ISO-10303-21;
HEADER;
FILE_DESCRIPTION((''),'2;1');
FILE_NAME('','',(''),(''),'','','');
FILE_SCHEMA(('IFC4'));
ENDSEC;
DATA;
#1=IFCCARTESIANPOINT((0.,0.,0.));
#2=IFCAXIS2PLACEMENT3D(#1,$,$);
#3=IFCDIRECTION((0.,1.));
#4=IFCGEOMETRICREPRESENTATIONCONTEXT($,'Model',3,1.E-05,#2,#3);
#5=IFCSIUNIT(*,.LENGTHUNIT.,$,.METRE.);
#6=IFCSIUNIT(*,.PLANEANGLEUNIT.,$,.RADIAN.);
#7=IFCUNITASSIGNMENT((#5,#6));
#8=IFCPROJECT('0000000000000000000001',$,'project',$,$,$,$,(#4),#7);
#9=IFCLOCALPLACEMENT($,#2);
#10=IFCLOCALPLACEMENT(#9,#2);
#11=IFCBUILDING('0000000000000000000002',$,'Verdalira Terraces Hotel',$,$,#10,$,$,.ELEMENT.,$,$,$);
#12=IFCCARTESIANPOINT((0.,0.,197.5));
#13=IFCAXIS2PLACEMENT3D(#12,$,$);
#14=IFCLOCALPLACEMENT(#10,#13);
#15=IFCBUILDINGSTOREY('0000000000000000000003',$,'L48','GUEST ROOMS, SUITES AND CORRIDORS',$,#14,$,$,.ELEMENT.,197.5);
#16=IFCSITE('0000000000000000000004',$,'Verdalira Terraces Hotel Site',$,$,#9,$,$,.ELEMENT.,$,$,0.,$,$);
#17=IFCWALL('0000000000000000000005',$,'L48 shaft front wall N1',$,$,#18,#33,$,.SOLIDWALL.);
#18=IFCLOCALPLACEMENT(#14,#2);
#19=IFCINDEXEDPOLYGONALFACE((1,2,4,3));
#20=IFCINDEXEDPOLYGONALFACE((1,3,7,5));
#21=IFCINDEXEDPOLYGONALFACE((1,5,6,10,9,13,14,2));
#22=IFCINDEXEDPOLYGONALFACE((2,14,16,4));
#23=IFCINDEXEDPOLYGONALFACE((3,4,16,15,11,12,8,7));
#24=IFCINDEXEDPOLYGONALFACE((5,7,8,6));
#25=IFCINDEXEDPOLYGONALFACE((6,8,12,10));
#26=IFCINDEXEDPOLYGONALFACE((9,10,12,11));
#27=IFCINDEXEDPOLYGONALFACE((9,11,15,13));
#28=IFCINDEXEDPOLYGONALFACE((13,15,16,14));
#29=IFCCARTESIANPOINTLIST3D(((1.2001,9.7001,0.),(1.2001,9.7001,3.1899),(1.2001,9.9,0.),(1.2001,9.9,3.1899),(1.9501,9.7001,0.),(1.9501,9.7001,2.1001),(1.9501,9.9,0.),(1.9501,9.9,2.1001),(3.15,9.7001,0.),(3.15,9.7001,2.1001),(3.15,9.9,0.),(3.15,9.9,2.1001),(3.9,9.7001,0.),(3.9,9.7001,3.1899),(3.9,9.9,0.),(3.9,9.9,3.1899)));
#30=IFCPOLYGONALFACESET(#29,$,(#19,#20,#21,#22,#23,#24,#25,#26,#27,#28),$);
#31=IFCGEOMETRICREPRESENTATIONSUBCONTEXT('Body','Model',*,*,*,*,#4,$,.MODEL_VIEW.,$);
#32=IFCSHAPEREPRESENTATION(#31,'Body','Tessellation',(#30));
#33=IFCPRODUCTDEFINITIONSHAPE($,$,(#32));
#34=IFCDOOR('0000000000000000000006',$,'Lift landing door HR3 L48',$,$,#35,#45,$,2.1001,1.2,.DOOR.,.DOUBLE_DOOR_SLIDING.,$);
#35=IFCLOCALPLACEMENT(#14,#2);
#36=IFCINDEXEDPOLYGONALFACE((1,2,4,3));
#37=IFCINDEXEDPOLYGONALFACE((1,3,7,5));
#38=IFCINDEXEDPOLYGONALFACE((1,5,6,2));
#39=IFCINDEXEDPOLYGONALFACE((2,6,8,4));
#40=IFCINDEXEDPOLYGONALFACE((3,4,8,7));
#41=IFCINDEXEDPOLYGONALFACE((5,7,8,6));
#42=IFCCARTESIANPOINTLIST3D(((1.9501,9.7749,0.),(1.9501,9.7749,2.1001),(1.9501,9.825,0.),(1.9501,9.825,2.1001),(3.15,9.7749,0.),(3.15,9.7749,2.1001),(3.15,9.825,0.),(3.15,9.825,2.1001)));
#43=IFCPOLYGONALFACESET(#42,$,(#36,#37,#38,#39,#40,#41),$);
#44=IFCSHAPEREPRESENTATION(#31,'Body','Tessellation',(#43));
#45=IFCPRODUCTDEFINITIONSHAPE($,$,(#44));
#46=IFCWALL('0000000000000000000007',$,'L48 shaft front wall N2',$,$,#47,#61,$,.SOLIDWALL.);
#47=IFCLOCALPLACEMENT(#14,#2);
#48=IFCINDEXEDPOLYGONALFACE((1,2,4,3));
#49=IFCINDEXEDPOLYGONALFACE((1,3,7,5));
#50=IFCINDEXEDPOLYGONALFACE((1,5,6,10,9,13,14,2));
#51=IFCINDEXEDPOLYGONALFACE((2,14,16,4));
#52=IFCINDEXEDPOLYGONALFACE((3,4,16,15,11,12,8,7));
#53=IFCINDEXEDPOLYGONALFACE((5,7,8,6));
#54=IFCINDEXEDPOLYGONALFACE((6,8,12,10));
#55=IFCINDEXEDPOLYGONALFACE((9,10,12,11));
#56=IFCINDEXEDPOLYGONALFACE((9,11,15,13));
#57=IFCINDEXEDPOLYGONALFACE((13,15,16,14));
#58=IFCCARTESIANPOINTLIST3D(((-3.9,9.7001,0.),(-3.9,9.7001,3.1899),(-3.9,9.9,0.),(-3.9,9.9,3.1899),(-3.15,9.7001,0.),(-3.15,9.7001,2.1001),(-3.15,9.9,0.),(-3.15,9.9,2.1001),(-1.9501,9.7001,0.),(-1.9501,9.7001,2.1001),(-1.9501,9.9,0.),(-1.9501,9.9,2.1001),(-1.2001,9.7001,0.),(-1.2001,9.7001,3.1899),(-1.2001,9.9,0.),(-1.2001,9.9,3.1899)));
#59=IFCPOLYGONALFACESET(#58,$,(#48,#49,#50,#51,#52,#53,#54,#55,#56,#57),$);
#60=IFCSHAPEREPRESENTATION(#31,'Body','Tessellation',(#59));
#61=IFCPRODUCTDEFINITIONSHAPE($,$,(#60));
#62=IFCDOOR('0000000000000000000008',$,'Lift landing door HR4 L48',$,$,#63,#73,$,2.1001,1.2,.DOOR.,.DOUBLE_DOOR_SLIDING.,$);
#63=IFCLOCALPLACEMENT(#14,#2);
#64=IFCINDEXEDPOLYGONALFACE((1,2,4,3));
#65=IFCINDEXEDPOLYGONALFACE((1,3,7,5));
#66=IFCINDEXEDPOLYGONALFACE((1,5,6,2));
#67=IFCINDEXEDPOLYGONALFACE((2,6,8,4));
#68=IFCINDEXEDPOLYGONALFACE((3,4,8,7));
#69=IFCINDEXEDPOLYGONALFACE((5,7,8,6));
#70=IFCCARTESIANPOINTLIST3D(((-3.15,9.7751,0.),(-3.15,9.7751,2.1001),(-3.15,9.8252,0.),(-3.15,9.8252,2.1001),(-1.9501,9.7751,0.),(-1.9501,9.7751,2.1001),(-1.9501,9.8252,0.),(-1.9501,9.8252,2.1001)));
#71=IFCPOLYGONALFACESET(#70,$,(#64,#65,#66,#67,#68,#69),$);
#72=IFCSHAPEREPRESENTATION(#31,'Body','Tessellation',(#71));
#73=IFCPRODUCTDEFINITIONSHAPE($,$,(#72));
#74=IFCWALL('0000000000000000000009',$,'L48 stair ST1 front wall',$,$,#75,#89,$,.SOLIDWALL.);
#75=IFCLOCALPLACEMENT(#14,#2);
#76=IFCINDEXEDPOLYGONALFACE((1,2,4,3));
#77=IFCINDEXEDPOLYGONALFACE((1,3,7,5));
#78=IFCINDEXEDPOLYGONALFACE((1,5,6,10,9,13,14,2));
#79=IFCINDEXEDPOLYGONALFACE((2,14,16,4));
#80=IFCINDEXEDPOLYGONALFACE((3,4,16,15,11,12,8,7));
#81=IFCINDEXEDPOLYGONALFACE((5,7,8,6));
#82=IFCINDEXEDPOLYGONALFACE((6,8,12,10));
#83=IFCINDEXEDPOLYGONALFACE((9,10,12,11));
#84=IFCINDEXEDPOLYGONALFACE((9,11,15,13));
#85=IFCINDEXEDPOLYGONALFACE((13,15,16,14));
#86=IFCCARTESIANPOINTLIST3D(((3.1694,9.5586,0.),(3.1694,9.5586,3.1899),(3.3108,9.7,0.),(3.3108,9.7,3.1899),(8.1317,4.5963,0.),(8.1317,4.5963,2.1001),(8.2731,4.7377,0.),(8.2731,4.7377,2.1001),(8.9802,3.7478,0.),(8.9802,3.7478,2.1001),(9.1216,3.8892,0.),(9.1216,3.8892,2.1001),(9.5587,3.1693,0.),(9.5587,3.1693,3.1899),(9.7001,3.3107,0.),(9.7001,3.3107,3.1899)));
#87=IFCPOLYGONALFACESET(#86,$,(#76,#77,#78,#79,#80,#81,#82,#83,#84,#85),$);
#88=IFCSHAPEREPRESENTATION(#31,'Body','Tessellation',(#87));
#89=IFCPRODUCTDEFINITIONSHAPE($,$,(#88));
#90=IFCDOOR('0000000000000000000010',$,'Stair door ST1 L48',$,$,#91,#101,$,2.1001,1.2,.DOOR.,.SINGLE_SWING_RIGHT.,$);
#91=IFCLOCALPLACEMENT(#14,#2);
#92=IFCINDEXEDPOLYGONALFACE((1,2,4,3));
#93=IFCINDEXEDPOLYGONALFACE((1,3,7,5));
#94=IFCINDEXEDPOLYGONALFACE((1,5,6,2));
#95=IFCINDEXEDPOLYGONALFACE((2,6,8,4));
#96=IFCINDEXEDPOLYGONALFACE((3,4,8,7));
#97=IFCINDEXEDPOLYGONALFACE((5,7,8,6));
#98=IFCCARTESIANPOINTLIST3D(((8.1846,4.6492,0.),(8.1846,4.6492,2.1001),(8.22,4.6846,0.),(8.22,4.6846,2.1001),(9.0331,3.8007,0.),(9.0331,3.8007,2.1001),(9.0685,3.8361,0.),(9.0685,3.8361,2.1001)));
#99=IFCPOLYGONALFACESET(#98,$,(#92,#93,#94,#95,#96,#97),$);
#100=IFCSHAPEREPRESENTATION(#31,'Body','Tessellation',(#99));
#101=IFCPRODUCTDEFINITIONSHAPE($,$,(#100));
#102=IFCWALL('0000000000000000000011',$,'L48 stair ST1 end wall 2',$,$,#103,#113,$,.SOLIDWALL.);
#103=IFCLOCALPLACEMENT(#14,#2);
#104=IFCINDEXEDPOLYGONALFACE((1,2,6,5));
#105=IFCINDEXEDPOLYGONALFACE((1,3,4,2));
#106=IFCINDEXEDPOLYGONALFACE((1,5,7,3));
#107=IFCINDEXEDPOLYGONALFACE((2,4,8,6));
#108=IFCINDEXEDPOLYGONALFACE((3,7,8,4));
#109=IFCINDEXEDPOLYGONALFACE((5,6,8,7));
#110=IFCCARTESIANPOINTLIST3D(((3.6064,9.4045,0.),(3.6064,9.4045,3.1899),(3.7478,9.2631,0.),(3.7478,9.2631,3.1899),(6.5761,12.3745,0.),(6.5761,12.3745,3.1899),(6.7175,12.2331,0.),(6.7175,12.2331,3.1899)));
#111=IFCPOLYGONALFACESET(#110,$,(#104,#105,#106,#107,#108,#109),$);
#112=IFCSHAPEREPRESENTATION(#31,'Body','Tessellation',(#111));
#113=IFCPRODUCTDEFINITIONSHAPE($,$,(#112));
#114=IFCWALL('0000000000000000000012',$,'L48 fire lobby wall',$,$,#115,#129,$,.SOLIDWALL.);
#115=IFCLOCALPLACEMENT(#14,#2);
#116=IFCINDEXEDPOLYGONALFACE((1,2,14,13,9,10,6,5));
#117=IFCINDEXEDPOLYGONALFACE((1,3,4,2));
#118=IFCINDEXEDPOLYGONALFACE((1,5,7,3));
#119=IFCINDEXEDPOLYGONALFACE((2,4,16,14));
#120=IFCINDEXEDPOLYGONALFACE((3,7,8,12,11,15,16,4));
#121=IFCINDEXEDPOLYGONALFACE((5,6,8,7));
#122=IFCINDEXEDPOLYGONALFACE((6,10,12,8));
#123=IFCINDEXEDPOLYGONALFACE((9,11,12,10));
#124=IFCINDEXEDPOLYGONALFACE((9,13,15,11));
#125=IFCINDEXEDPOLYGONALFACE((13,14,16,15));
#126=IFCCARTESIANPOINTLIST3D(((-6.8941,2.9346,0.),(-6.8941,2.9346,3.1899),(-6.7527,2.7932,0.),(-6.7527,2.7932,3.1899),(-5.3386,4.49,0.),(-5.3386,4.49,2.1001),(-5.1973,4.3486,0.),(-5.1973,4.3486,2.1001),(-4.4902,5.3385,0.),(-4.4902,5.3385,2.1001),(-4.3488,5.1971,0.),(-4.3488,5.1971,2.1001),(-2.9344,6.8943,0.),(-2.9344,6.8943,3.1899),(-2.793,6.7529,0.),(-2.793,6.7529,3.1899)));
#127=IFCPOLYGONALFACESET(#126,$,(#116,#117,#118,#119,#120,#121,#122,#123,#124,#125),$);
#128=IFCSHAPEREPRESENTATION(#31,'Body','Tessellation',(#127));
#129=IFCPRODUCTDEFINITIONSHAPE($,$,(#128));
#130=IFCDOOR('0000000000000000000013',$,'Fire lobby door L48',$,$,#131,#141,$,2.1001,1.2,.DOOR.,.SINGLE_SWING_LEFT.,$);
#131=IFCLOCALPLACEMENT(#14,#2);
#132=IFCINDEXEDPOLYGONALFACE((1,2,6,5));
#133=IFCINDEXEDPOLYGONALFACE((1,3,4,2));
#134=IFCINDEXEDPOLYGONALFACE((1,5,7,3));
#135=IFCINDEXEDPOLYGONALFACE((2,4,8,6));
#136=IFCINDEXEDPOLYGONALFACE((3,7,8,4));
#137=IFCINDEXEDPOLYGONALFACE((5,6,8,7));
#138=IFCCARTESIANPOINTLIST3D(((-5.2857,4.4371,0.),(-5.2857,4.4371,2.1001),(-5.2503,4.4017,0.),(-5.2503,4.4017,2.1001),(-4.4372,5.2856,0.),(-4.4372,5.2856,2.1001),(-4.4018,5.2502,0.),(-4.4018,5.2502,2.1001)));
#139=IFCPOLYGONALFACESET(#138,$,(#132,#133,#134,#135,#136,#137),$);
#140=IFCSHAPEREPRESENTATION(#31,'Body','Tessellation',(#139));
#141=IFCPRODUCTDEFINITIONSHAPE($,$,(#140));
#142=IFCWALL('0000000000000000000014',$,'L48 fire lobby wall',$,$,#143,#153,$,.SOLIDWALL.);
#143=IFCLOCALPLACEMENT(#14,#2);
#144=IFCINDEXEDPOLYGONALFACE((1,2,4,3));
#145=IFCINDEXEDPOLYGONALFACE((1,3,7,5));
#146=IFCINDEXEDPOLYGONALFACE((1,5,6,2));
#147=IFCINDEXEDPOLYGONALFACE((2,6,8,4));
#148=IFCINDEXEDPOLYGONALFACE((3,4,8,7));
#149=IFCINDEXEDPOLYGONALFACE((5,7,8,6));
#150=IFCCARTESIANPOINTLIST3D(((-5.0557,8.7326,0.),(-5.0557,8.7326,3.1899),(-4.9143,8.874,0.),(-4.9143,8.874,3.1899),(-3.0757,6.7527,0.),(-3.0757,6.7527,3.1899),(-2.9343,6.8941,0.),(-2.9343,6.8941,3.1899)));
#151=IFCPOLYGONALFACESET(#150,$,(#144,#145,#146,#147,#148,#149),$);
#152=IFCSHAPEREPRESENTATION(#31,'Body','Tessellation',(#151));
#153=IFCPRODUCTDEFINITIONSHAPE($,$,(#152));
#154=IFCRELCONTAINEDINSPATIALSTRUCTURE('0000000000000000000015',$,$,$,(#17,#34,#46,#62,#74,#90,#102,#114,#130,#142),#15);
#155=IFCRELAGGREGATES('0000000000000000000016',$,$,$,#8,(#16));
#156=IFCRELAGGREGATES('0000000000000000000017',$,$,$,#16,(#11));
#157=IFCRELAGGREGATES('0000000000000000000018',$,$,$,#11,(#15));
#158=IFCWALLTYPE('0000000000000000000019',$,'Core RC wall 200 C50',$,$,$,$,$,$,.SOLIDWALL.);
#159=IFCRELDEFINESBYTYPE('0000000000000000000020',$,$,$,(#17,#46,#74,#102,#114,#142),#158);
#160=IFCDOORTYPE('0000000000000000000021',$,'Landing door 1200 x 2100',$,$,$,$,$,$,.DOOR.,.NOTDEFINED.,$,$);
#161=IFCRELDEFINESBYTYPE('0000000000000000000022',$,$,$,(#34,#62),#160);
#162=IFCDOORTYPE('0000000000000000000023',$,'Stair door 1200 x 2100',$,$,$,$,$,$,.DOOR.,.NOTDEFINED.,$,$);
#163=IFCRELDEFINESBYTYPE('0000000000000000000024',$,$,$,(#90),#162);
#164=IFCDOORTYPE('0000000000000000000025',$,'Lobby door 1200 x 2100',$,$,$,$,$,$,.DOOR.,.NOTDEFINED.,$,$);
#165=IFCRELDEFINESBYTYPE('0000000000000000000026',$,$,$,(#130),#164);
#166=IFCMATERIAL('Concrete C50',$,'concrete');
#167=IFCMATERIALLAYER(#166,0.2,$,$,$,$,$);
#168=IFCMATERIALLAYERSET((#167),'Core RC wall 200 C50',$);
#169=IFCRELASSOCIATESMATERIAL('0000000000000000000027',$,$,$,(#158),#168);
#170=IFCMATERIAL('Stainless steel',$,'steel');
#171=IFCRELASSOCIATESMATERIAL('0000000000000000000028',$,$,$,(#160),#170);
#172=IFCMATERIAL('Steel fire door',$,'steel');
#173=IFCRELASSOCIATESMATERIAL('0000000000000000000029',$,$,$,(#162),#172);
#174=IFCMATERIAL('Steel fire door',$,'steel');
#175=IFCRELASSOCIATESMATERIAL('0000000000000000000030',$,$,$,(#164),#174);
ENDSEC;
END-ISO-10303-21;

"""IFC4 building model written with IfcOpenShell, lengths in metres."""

from ifc_helpers import new_model, si_unit, direction, frame, frame_2d, origin, place, context, subcontext, project, spatial, rectangle, extrude, material, layer, layer_set, type_object, element, fill, save


model = new_model("IFC4")

# Units and contexts
model_context = context("Model", 3, precision=1e-05, world=origin(), true_north=direction((0.0, 1.0)))
body_context = subcontext(model_context, "Body", "Model", "MODEL_VIEW")
ifc_project = project(units=[si_unit("LENGTHUNIT", "METRE"), si_unit("PLANEANGLEUNIT", "RADIAN")], contexts=[model_context])

# Site, building, storey
site_placement = place(None, origin())
site = spatial("IfcSite", under=ifc_project, at=site_placement, Name="Verdalira Terraces Hotel Site", CompositionType="ELEMENT", RefElevation=0.0)
building_placement = place(site_placement, origin())
building = spatial("IfcBuilding", under=site, at=building_placement, Name="Verdalira Terraces Hotel", CompositionType="ELEMENT")
storey_placement = place(building_placement, frame((0.0, 0.0, 197.5)))
storey = spatial("IfcBuildingStorey", under=building, at=storey_placement, Name="L48", Description="GUEST ROOMS, SUITES AND CORRIDORS", CompositionType="ELEMENT", Elevation=197.5)

# Walls, openings, doors
ifc_material_1 = material(Name="Concrete C50", Category="concrete")
ifc_layer_1 = layer(ifc_material_1, 0.2)
ifc_layer_set_1 = layer_set([ifc_layer_1], Name="Core RC wall 200 C50")
wall_type_1 = type_object("IfcWallType", Name="Core RC wall 200 C50", PredefinedType="SOLIDWALL", material=ifc_layer_set_1)
wall_1_placement = place(storey_placement, frame((1.2, 9.8, 0.0), z_axis=(0.0, 0.0, 1.0), x_axis=(1.0, 0.0, 0.0)))
wall_1 = element("IfcWall", 1, at=wall_1_placement, inside=storey, type_object=wall_type_1, Name="L48 shaft front wall N1", PredefinedType="SOLIDWALL", context=body_context, shape_type="SweptSolid", body=[
    extrude(rectangle(XDim=2.7, YDim=0.2, at=frame_2d((1.3501, 0.0))), origin(), (0.0, 0.0, 1.0), 3.1899),
])
opening_1_placement = place(wall_1_placement, frame((0.75, 0.0, 0.0)))
opening_1 = element("IfcOpeningElement", 2, at=opening_1_placement, cuts=wall_1, PredefinedType="OPENING", context=body_context, shape_type="SweptSolid", body=[
    extrude(rectangle(XDim=1.2, YDim=2.1001, at=frame_2d((0.6001, 1.05))), frame((0.0, 0.1099, 0.0), z_axis=(0.0, -1.0, 0.0), x_axis=(1.0, 0.0, 0.0)), (0.0, 0.0, 1.0), 0.22),
])
ifc_material_2 = material(Name="Stainless steel", Category="steel")
door_type_1 = type_object("IfcDoorType", Name="Landing door 1200 x 2100", OperationType="NOTDEFINED", PredefinedType="DOOR", material=ifc_material_2)
door_1_placement = place(opening_1_placement, origin())
door_1 = element("IfcDoor", 3, at=door_1_placement, inside=storey, type_object=door_type_1, Name="Lift landing door HR3 L48", OperationType="DOUBLE_DOOR_SLIDING", OverallHeight=2.1001, OverallWidth=1.2, PredefinedType="DOOR", context=body_context, shape_type="SweptSolid", body=[
    extrude(rectangle(XDim=1.2, YDim=2.1001, at=frame_2d((0.6001, 1.05))), frame((0.0, 0.0249, 0.0), z_axis=(0.0, -1.0, 0.0), x_axis=(1.0, 0.0, 0.0)), (0.0, 0.0, 1.0), 0.05),
])
fill(opening_1, door_1)
wall_2_placement = place(storey_placement, frame((-1.2, 9.8, 0.0), z_axis=(0.0, 0.0, 1.0), x_axis=(-1.0, 0.0, 0.0)))
wall_2 = element("IfcWall", 4, at=wall_2_placement, inside=storey, type_object=wall_type_1, Name="L48 shaft front wall N2", PredefinedType="SOLIDWALL", context=body_context, shape_type="SweptSolid", body=[
    extrude(rectangle(XDim=2.7, YDim=0.2, at=frame_2d((1.3501, 0.0))), origin(), (0.0, 0.0, 1.0), 3.1899),
])
opening_2_placement = place(wall_2_placement, frame((0.75, 0.0, 0.0)))
opening_2 = element("IfcOpeningElement", 5, at=opening_2_placement, cuts=wall_2, PredefinedType="OPENING", context=body_context, shape_type="SweptSolid", body=[
    extrude(rectangle(XDim=1.2, YDim=2.1001, at=frame_2d((0.6001, 1.05))), frame((0.0, 0.1099, 0.0), z_axis=(0.0, -1.0, 0.0), x_axis=(1.0, 0.0, 0.0)), (0.0, 0.0, 1.0), 0.22),
])
door_2_placement = place(opening_2_placement, origin())
door_2 = element("IfcDoor", 6, at=door_2_placement, inside=storey, type_object=door_type_1, Name="Lift landing door HR4 L48", OperationType="DOUBLE_DOOR_SLIDING", OverallHeight=2.1001, OverallWidth=1.2, PredefinedType="DOOR", context=body_context, shape_type="SweptSolid", body=[
    extrude(rectangle(XDim=1.2, YDim=2.1001, at=frame_2d((0.6001, 1.05))), frame((0.0, 0.0249, 0.0), z_axis=(0.0, -1.0, 0.0), x_axis=(1.0, 0.0, 0.0)), (0.0, 0.0, 1.0), 0.05),
])
fill(opening_2, door_2)
wall_3_placement = place(storey_placement, frame((3.24, 9.6294, 0.0), z_axis=(0.0, 0.0, 1.0), x_axis=(0.707107, -0.707107, 0.0)))
wall_3 = element("IfcWall", 7, at=wall_3_placement, inside=storey, type_object=wall_type_1, Name="L48 stair ST1 front wall", PredefinedType="SOLIDWALL", context=body_context, shape_type="SweptSolid", body=[
    extrude(rectangle(XDim=9.0359, YDim=0.2, at=frame_2d((4.5181, 0.0))), origin(), (0.0, 0.0, 1.0), 3.1899),
])
opening_3_placement = place(wall_3_placement, frame((7.0178, 0.0, 0.0)))
opening_3 = element("IfcOpeningElement", 8, at=opening_3_placement, cuts=wall_3, PredefinedType="OPENING", context=body_context, shape_type="SweptSolid", body=[
    extrude(rectangle(XDim=1.2, YDim=2.1001, at=frame_2d((0.6001, 1.05))), frame((0.0, 0.1099, 0.0), z_axis=(0.0, -1.0, 0.0), x_axis=(1.0, 0.0, 0.0)), (0.0, 0.0, 1.0), 0.22),
])
ifc_material_3 = material(Name="Steel fire door", Category="steel")
door_type_2 = type_object("IfcDoorType", Name="Stair door 1200 x 2100", OperationType="NOTDEFINED", PredefinedType="DOOR", material=ifc_material_3)
door_3_placement = place(opening_3_placement, origin())
door_3 = element("IfcDoor", 9, at=door_3_placement, inside=storey, type_object=door_type_2, Name="Stair door ST1 L48", OperationType="SINGLE_SWING_RIGHT", OverallHeight=2.1001, OverallWidth=1.2, PredefinedType="DOOR", context=body_context, shape_type="SweptSolid", body=[
    extrude(rectangle(XDim=1.2, YDim=2.1001, at=frame_2d((0.6001, 1.05))), frame((0.0, 0.0249, 0.0), z_axis=(0.0, -1.0, 0.0), x_axis=(1.0, 0.0, 0.0)), (0.0, 0.0, 1.0), 0.05),
])
fill(opening_3, door_3)

# Wall
wall_4_placement = place(storey_placement, frame((3.677, 9.3337, 0.0), z_axis=(0.0, 0.0, 1.0), x_axis=(0.707078, 0.707136, 0.0)))
element("IfcWall", 10, at=wall_4_placement, inside=storey, type_object=wall_type_1, Name="L48 stair ST1 end wall 2", PredefinedType="SOLIDWALL", context=body_context, shape_type="SweptSolid", body=[
    extrude(rectangle(XDim=4.2, YDim=0.2, at=frame_2d((2.1001, 0.0))), origin(), (0.0, 0.0, 1.0), 3.1899),
])

# Wall, opening, door
wall_5_placement = place(storey_placement, frame((-2.8638, 6.8235, 0.0), z_axis=(0.0, 0.0, 1.0), x_axis=(-0.707107, -0.707107, 0.0)))
wall_5 = element("IfcWall", 11, at=wall_5_placement, inside=storey, type_object=wall_type_1, Name="L48 fire lobby wall", PredefinedType="SOLIDWALL", context=body_context, shape_type="SweptSolid", body=[
    extrude(rectangle(XDim=5.5999, YDim=0.2, at=frame_2d((2.7998, 0.0))), origin(), (0.0, 0.0, 1.0), 3.1899),
])
opening_4_placement = place(wall_5_placement, frame((2.2, 0.0, 0.0)))
opening_4 = element("IfcOpeningElement", 12, at=opening_4_placement, cuts=wall_5, PredefinedType="OPENING", context=body_context, shape_type="SweptSolid", body=[
    extrude(rectangle(XDim=1.2, YDim=2.1001, at=frame_2d((0.6001, 1.05))), frame((0.0, 0.1099, 0.0), z_axis=(0.0, -1.0, 0.0), x_axis=(1.0, 0.0, 0.0)), (0.0, 0.0, 1.0), 0.22),
])
ifc_material_4 = material(Name="Steel fire door", Category="steel")
door_type_3 = type_object("IfcDoorType", Name="Lobby door 1200 x 2100", OperationType="NOTDEFINED", PredefinedType="DOOR", material=ifc_material_4)
door_4_placement = place(opening_4_placement, origin())
door_4 = element("IfcDoor", 13, at=door_4_placement, inside=storey, type_object=door_type_3, Name="Fire lobby door L48", OperationType="SINGLE_SWING_LEFT", OverallHeight=2.1001, OverallWidth=1.2, PredefinedType="DOOR", context=body_context, shape_type="SweptSolid", body=[
    extrude(rectangle(XDim=1.2, YDim=2.1001, at=frame_2d((0.6001, 1.05))), frame((0.0, 0.0249, 0.0), z_axis=(0.0, -1.0, 0.0), x_axis=(1.0, 0.0, 0.0)), (0.0, 0.0, 1.0), 0.05),
])
fill(opening_4, door_4)

# Wall
wall_6_placement = place(storey_placement, frame((-3.0051, 6.8235, 0.0), z_axis=(0.0, 0.0, 1.0), x_axis=(-0.707107, 0.707107, 0.0)))
element("IfcWall", 14, at=wall_6_placement, inside=storey, type_object=wall_type_1, Name="L48 fire lobby wall", PredefinedType="SOLIDWALL", context=body_context, shape_type="SweptSolid", body=[
    extrude(rectangle(XDim=2.8, YDim=0.2, at=frame_2d((1.3999, 0.0))), origin(), (0.0, 0.0, 1.0), 3.1899),
])

save(model, "model.ifc")
